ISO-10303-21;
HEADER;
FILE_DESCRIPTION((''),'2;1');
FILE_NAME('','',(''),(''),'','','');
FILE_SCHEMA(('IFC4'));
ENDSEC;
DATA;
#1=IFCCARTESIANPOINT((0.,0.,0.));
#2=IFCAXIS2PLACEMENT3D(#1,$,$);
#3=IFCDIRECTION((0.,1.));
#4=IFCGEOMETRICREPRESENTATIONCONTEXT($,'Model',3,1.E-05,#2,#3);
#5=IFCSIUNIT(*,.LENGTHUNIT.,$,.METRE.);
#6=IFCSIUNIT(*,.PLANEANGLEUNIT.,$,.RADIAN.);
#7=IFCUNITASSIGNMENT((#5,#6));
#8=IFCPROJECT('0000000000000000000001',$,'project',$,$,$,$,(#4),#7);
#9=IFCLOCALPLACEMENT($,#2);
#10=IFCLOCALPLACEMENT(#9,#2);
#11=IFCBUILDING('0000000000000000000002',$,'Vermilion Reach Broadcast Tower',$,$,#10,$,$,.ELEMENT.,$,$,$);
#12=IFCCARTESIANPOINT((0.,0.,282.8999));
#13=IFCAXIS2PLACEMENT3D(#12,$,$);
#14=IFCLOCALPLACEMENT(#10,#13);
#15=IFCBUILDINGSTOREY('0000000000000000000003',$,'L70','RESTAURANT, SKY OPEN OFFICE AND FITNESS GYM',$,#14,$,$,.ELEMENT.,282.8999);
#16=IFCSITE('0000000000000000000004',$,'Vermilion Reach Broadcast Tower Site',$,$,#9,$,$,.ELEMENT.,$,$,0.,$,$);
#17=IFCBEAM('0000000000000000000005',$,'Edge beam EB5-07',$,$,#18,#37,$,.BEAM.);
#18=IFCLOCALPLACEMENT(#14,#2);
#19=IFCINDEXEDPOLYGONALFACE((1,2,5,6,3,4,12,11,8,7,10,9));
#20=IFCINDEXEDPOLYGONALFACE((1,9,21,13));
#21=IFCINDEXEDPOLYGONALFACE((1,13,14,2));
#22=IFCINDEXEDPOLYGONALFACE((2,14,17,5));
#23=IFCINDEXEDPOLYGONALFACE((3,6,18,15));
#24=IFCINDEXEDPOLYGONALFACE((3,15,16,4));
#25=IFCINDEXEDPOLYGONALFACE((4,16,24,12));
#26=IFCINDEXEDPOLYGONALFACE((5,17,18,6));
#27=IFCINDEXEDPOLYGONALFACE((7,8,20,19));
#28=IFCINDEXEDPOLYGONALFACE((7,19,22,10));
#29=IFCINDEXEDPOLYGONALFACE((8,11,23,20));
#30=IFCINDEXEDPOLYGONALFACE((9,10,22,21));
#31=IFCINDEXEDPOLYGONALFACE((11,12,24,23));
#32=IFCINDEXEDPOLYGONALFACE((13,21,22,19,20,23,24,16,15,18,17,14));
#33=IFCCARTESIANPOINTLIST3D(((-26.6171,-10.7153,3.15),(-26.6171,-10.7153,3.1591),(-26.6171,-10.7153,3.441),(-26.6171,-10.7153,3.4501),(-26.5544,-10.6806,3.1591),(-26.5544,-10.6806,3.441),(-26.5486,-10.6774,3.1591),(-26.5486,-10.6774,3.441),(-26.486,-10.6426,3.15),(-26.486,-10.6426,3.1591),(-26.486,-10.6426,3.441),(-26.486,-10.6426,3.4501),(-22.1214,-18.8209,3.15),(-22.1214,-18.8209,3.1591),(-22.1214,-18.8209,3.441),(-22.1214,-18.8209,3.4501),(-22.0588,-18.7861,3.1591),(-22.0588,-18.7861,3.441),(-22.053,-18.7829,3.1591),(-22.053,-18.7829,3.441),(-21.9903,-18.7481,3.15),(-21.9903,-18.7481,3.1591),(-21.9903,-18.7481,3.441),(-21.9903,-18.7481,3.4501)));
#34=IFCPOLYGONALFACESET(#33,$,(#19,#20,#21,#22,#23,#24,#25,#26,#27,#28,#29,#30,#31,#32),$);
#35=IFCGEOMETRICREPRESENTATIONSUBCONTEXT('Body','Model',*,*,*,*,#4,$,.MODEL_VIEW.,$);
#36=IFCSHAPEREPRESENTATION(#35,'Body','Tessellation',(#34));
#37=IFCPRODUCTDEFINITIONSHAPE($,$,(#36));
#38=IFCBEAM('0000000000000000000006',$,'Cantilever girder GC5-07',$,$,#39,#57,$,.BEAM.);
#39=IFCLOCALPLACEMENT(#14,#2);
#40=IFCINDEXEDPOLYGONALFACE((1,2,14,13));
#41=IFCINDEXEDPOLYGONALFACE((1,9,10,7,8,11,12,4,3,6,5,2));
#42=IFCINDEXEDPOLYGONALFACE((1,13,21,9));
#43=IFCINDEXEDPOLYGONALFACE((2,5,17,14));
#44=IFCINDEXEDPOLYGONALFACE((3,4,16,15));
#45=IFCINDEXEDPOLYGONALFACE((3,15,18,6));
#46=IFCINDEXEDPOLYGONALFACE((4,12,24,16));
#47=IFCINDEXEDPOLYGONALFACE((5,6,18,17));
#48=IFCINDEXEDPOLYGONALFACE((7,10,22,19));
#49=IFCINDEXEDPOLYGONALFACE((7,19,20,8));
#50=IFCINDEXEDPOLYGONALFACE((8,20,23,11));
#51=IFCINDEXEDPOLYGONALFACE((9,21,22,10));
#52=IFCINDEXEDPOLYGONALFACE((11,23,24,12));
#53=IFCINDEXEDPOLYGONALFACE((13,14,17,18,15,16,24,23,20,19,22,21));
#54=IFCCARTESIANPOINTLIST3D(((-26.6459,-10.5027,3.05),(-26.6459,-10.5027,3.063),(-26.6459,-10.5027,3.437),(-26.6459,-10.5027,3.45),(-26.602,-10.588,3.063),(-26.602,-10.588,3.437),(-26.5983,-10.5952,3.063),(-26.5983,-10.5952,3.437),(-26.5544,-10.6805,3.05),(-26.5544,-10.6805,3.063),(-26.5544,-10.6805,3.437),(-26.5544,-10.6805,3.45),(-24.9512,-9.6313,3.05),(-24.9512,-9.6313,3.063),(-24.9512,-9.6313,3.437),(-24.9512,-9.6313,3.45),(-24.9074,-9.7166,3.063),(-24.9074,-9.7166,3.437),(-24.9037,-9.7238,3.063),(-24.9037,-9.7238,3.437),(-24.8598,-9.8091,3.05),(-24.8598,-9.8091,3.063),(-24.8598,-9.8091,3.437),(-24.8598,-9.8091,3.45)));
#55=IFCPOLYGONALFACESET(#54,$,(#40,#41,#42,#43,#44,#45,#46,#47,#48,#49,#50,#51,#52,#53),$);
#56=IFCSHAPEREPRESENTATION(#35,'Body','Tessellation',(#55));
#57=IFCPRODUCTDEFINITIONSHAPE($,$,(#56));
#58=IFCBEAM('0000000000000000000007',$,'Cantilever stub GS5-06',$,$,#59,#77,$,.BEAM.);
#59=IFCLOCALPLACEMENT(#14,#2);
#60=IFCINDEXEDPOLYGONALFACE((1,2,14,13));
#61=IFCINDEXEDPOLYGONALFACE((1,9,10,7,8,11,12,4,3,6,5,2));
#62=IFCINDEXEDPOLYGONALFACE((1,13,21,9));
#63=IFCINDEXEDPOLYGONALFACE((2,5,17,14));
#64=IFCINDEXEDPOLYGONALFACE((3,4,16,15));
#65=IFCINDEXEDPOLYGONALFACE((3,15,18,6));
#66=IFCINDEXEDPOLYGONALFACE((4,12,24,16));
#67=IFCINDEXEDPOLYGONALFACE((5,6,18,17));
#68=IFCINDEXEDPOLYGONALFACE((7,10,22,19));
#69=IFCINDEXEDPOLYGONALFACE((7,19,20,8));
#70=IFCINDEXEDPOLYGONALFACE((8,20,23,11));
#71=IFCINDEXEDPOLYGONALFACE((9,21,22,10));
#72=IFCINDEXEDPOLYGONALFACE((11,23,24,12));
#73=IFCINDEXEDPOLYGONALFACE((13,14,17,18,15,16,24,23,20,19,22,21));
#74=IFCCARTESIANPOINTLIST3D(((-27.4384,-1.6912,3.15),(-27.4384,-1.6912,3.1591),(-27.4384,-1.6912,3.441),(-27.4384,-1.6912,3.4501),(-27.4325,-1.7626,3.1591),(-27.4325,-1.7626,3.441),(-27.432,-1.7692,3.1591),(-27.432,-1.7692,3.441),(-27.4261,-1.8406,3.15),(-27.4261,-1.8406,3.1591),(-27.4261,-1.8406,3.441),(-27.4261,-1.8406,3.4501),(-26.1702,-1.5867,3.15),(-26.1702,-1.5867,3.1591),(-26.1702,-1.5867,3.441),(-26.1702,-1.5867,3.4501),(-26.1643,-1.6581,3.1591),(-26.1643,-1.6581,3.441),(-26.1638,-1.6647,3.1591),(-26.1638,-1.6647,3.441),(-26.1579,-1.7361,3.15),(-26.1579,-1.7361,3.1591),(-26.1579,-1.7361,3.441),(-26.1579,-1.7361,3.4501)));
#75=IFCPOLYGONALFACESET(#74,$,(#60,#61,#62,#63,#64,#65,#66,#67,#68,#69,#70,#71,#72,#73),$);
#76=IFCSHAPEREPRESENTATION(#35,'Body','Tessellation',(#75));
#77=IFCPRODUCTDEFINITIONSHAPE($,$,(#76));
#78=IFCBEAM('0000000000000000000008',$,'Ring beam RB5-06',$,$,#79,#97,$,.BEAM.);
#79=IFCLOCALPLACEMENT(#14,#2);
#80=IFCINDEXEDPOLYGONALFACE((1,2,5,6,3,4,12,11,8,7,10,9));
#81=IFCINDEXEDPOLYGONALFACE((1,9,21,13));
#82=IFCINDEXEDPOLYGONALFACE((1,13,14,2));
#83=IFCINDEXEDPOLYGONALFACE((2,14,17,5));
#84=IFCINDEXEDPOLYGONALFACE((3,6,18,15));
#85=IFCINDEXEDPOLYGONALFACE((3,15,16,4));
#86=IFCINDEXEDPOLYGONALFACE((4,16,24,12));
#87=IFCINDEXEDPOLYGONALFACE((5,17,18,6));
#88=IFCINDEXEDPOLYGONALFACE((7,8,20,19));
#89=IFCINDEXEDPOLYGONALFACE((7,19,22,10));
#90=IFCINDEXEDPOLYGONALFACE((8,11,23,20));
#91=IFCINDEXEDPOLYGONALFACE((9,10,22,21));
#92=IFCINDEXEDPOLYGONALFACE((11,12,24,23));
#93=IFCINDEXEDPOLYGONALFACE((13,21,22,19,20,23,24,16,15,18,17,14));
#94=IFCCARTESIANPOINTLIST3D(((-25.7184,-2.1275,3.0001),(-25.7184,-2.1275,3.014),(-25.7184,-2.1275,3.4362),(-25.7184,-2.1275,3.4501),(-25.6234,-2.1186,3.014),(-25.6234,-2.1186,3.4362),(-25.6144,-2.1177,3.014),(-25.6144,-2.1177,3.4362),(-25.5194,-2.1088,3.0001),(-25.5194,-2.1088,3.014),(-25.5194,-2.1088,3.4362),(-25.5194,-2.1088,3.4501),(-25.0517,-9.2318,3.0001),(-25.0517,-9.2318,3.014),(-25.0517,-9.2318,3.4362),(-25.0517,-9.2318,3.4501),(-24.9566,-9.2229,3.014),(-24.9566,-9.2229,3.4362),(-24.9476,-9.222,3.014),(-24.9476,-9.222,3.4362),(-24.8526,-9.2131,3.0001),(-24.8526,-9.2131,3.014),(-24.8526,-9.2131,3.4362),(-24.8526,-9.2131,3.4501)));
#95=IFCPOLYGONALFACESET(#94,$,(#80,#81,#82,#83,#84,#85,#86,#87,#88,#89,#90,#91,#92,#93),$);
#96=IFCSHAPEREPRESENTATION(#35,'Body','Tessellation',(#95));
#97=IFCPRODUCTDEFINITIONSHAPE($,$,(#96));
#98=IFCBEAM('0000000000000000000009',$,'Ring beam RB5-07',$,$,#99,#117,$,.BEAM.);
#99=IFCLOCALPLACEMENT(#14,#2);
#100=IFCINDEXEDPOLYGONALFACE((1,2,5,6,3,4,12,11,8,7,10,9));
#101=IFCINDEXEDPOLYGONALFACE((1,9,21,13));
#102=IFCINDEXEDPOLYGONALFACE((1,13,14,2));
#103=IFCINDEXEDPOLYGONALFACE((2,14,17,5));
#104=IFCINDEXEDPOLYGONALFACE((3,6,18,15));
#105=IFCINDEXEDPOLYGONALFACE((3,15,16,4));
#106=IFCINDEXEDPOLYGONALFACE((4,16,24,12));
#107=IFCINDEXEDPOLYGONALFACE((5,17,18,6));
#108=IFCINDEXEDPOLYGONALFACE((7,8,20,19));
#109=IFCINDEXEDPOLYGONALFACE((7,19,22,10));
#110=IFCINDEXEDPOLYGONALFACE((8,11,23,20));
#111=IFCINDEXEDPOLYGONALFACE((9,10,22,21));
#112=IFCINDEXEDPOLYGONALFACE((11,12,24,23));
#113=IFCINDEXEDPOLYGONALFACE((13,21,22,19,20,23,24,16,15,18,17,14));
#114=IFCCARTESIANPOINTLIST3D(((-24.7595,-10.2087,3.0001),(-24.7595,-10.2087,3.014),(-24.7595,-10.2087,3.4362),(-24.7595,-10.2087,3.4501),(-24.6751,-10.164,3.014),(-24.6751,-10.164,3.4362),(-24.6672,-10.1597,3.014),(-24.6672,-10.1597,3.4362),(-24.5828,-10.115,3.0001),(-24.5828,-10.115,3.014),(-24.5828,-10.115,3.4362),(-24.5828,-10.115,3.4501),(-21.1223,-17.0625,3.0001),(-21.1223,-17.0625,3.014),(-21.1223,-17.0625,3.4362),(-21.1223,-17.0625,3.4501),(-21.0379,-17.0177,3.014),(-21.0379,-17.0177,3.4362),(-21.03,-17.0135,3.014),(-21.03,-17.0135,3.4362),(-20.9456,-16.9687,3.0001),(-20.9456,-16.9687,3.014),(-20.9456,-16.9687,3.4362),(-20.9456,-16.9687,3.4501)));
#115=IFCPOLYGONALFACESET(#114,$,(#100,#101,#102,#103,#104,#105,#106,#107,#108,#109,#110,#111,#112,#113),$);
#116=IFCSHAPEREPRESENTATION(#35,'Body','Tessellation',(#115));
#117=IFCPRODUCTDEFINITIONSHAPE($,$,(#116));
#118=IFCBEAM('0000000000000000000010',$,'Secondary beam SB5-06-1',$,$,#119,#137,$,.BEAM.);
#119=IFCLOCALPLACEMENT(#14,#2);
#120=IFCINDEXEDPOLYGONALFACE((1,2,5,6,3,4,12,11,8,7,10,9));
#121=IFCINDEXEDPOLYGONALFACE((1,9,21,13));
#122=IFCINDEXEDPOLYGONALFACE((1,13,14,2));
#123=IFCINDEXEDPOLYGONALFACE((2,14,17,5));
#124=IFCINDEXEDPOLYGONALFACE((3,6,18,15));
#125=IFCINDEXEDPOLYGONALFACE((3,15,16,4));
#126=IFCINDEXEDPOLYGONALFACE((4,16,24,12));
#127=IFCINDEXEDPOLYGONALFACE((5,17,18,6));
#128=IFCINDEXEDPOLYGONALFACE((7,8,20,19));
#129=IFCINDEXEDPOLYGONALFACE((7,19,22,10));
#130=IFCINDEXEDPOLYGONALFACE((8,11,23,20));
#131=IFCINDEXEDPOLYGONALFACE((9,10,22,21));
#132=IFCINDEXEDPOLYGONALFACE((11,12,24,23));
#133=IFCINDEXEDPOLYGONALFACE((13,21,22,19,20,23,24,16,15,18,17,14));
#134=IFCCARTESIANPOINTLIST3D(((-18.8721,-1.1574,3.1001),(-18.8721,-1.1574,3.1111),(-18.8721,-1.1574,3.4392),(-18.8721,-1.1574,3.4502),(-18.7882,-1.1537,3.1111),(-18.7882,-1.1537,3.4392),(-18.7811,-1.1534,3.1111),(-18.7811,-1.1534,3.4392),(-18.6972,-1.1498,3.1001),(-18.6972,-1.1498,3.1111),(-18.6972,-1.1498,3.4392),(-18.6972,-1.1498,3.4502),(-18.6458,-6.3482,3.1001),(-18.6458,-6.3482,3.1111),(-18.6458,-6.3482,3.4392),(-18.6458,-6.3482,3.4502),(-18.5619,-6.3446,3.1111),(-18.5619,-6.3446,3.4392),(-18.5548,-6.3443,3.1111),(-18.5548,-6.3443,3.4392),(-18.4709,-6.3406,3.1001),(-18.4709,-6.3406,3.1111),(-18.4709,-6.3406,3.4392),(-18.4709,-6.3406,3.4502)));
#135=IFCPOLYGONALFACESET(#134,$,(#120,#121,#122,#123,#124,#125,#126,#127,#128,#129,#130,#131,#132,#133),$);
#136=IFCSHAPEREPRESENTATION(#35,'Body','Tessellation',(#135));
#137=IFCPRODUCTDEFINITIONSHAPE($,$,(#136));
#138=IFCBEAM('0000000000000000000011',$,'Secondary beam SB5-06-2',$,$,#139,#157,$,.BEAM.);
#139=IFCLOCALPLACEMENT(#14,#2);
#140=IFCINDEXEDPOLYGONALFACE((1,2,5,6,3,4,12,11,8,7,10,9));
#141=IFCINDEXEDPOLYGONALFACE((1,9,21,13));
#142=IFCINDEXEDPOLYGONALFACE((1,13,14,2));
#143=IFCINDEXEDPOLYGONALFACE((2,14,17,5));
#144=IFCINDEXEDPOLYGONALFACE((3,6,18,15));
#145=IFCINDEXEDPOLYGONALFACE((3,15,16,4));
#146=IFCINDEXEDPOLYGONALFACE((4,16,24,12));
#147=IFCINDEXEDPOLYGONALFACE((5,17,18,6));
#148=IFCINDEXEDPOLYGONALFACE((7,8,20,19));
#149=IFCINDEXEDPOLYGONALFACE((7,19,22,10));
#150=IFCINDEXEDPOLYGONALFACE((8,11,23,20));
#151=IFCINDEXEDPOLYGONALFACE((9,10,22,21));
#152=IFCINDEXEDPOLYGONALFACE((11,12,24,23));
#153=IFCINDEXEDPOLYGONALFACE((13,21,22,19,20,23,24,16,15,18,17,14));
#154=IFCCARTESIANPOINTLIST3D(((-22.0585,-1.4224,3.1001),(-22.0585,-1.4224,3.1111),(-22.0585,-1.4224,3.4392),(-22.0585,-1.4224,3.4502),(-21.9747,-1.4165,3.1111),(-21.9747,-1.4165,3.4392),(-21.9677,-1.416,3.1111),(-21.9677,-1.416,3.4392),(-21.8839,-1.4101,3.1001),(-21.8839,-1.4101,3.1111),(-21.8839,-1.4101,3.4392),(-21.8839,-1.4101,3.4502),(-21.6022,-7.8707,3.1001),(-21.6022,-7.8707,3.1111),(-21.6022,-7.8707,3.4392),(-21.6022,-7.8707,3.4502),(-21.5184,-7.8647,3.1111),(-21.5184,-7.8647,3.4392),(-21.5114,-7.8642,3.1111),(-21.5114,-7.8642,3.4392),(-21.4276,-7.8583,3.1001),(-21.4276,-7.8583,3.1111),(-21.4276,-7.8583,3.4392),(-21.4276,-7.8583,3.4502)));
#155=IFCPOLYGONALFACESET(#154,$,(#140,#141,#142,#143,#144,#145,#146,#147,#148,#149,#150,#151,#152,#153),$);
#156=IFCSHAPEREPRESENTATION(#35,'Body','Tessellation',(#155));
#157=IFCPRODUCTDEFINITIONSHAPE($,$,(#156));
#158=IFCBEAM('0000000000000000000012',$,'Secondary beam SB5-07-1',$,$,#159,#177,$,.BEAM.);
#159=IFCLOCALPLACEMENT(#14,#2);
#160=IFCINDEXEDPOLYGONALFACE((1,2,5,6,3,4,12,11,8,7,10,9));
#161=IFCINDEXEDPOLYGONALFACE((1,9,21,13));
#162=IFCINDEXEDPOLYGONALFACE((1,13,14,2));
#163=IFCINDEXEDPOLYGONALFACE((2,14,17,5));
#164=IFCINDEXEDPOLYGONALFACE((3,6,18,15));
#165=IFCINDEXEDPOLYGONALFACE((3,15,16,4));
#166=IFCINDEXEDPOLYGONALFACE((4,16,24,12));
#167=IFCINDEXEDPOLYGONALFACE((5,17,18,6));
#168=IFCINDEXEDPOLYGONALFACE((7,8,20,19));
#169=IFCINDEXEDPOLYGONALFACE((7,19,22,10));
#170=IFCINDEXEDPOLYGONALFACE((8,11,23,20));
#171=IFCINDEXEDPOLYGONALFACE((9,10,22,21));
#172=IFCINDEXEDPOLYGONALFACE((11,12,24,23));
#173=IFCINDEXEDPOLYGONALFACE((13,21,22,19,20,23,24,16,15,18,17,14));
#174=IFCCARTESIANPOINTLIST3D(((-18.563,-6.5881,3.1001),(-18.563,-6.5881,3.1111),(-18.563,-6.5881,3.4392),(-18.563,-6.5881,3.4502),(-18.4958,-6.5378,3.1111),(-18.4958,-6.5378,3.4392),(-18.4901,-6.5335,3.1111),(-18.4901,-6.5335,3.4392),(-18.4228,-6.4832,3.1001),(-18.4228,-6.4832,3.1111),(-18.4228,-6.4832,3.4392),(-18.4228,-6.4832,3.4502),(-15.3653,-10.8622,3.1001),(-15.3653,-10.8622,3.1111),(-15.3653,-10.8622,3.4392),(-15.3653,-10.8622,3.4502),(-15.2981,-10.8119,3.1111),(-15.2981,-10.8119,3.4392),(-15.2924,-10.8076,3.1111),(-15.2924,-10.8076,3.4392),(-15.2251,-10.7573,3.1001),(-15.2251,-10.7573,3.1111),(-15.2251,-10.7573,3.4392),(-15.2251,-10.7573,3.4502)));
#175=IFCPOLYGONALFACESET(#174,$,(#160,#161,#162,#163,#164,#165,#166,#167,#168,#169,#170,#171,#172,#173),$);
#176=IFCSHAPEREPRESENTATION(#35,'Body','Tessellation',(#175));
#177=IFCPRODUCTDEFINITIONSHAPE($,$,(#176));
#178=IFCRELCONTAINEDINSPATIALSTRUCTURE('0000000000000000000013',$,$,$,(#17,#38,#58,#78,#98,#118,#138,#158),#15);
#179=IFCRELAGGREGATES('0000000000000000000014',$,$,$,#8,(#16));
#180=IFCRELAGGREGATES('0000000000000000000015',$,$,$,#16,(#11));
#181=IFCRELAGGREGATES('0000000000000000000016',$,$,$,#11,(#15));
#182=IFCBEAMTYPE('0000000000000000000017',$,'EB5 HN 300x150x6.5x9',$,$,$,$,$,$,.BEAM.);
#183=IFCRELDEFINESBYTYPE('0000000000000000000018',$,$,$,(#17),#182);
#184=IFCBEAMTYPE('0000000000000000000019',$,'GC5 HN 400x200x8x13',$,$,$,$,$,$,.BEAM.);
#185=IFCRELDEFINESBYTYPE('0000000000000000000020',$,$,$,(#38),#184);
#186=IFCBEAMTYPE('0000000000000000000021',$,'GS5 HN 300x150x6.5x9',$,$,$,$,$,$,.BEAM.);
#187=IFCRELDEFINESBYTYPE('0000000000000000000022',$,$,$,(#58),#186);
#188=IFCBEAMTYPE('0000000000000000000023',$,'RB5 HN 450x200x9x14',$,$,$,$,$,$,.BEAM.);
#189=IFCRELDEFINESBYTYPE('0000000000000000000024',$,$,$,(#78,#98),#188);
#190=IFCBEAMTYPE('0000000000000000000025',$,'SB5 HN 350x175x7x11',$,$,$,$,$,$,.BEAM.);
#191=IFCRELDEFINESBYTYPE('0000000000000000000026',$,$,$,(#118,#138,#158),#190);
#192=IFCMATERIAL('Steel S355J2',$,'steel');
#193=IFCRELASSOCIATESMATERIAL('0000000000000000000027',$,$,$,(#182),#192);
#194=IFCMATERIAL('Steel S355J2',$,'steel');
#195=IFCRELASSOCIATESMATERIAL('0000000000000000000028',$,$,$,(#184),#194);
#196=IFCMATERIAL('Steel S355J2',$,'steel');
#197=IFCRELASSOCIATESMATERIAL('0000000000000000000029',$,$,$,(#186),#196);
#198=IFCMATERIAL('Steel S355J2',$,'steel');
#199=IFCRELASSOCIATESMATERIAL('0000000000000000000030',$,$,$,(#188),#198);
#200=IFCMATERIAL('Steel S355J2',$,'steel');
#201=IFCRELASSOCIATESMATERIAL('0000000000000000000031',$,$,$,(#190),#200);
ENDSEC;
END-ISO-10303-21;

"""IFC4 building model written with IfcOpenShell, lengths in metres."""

from ifc_helpers import new_model, si_unit, direction, frame, origin, origin_2d, place, context, subcontext, project, spatial, i_section, extrude, material, material_profile, profile_set, type_object, element, save


model = new_model("IFC4")

# Units and contexts
model_context = context("Model", 3, precision=1e-05, world=origin(), true_north=direction((0.0, 1.0)))
body_context = subcontext(model_context, "Body", "Model", "MODEL_VIEW")
ifc_project = project(units=[si_unit("LENGTHUNIT", "METRE"), si_unit("PLANEANGLEUNIT", "RADIAN")], contexts=[model_context])

# Site, building, storey
site_placement = place(None, origin())
site = spatial("IfcSite", under=ifc_project, at=site_placement, Name="Vermilion Reach Broadcast Tower Site", CompositionType="ELEMENT", RefElevation=0.0)
building_placement = place(site_placement, origin())
building = spatial("IfcBuilding", under=site, at=building_placement, Name="Vermilion Reach Broadcast Tower", CompositionType="ELEMENT")
storey_placement = place(building_placement, frame((0.0, 0.0, 282.8999)))
storey = spatial("IfcBuildingStorey", under=building, at=storey_placement, Name="L70", Description="RESTAURANT, SKY OPEN OFFICE AND FITNESS GYM", CompositionType="ELEMENT", Elevation=282.8999)

# Beams
ifc_material_1 = material(Name="Steel S355J2", Category="steel")
ifc_material_profile_1 = material_profile(ifc_material_1, i_section(OverallWidth=0.1499, OverallDepth=0.3, WebThickness=0.0066, FlangeThickness=0.009, at=origin_2d()), Name="S355J2 HN 300x150x6.5x9")
ifc_profile_set_1 = profile_set([ifc_material_profile_1], Name="Steel S355J2")
beam_type_1 = type_object("IfcBeamType", Name="EB5 HN 300x150x6.5x9", PredefinedType="BEAM", material=ifc_profile_set_1)
beam_1_placement = place(storey_placement, frame((-26.5515, -10.679, 3.3), z_axis=(0.48503, -0.874497, 0.0), x_axis=(0.874497, 0.48503, 0.0)))
element("IfcBeam", 1, at=beam_1_placement, inside=storey, type_object=beam_type_1, Name="Edge beam EB5-07", PredefinedType="BEAM", context=body_context, shape_type="SweptSolid", body=[
    extrude(i_section(OverallWidth=0.1499, OverallDepth=0.3, WebThickness=0.0066, FlangeThickness=0.009, at=origin_2d()), origin(), (0.0, 0.0, 1.0), 9.2688),
])
ifc_material_2 = material(Name="Steel S355J2", Category="steel")
ifc_material_profile_2 = material_profile(ifc_material_2, i_section(OverallWidth=0.2, OverallDepth=0.3999, WebThickness=0.0081, FlangeThickness=0.0129, at=origin_2d()), Name="S355J2 HN 400x200x8x13")
ifc_profile_set_2 = profile_set([ifc_material_profile_2], Name="Steel S355J2")
beam_type_2 = type_object("IfcBeamType", Name="GC5 HN 400x200x8x13", PredefinedType="BEAM", material=ifc_profile_set_2)
beam_2_placement = place(storey_placement, frame((-24.9055, -9.7202, 3.25), z_axis=(-0.889322, -0.457281, 0.0), x_axis=(0.457281, -0.889322, 0.0)))
element("IfcBeam", 2, at=beam_2_placement, inside=storey, type_object=beam_type_2, Name="Cantilever girder GC5-07", PredefinedType="BEAM", context=body_context, shape_type="SweptSolid", body=[
    extrude(i_section(OverallWidth=0.2, OverallDepth=0.3999, WebThickness=0.0081, FlangeThickness=0.0129, at=origin_2d()), origin(), (0.0, 0.0, 1.0), 1.9055),
])
ifc_material_3 = material(Name="Steel S355J2", Category="steel")
ifc_material_profile_3 = material_profile(ifc_material_3, i_section(OverallWidth=0.1499, OverallDepth=0.3, WebThickness=0.0066, FlangeThickness=0.009, at=origin_2d()), Name="S355J2 HN 300x150x6.5x9")
ifc_profile_set_3 = profile_set([ifc_material_profile_3], Name="Steel S355J2")
beam_type_3 = type_object("IfcBeamType", Name="GS5 HN 300x150x6.5x9", PredefinedType="BEAM", material=ifc_profile_set_3)
beam_3_placement = place(storey_placement, frame((-26.1641, -1.6614, 3.3), z_axis=(-0.996622, -0.082124, 0.0), x_axis=(0.082124, -0.996622, 0.0)))
element("IfcBeam", 3, at=beam_3_placement, inside=storey, type_object=beam_type_3, Name="Cantilever stub GS5-06", PredefinedType="BEAM", context=body_context, shape_type="SweptSolid", body=[
    extrude(i_section(OverallWidth=0.1499, OverallDepth=0.3, WebThickness=0.0066, FlangeThickness=0.009, at=origin_2d()), origin(), (0.0, 0.0, 1.0), 1.2725),
])
ifc_material_4 = material(Name="Steel S355J2", Category="steel")
ifc_material_profile_4 = material_profile(ifc_material_4, i_section(OverallWidth=0.2, OverallDepth=0.45, WebThickness=0.009, FlangeThickness=0.0139, at=origin_2d()), Name="S355J2 HN 450x200x9x14")
ifc_profile_set_4 = profile_set([ifc_material_profile_4], Name="Steel S355J2")
beam_type_4 = type_object("IfcBeamType", Name="RB5 HN 450x200x9x14", PredefinedType="BEAM", material=ifc_profile_set_4)
beam_4_placement = place(storey_placement, frame((-25.6189, -2.1182, 3.2251), z_axis=(0.093441, -0.995625, 0.0), x_axis=(0.995625, 0.093441, 0.0)))
element("IfcBeam", 4, at=beam_4_placement, inside=storey, type_object=beam_type_4, Name="Ring beam RB5-06", PredefinedType="BEAM", context=body_context, shape_type="SweptSolid", body=[
    extrude(i_section(OverallWidth=0.2, OverallDepth=0.45, WebThickness=0.009, FlangeThickness=0.0139, at=origin_2d()), origin(), (0.0, 0.0, 1.0), 7.1355),
])
beam_5_placement = place(storey_placement, frame((-24.6711, -10.1619, 3.2251), z_axis=(0.468768, -0.883321, 0.0), x_axis=(0.883321, 0.468768, 0.0)))
element("IfcBeam", 5, at=beam_5_placement, inside=storey, type_object=beam_type_4, Name="Ring beam RB5-07", PredefinedType="BEAM", context=body_context, shape_type="SweptSolid", body=[
    extrude(i_section(OverallWidth=0.2, OverallDepth=0.45, WebThickness=0.009, FlangeThickness=0.0139, at=origin_2d()), origin(), (0.0, 0.0, 1.0), 7.759),
])
ifc_material_5 = material(Name="Steel S355J2", Category="steel")
ifc_material_profile_5 = material_profile(ifc_material_5, i_section(OverallWidth=0.175, OverallDepth=0.3501, WebThickness=0.0071, FlangeThickness=0.011, at=origin_2d()), Name="S355J2 HN 350x175x7x11")
ifc_profile_set_5 = profile_set([ifc_material_profile_5], Name="Steel S355J2")
beam_type_5 = type_object("IfcBeamType", Name="SB5 HN 350x175x7x11", PredefinedType="BEAM", material=ifc_profile_set_5)
beam_6_placement = place(storey_placement, frame((-18.7847, -1.1536, 3.2751), z_axis=(0.043558, -0.999051, 0.0), x_axis=(0.999051, 0.043558, 0.0)))
element("IfcBeam", 6, at=beam_6_placement, inside=storey, type_object=beam_type_5, Name="Secondary beam SB5-06-1", PredefinedType="BEAM", context=body_context, shape_type="SweptSolid", body=[
    extrude(i_section(OverallWidth=0.175, OverallDepth=0.3501, WebThickness=0.0071, FlangeThickness=0.011, at=origin_2d()), origin(), (0.0, 0.0, 1.0), 5.1958),
])
beam_7_placement = place(storey_placement, frame((-21.9712, -1.4163, 3.2751), z_axis=(0.070587, -0.997506, 0.0), x_axis=(0.997506, 0.070587, 0.0)))
element("IfcBeam", 7, at=beam_7_placement, inside=storey, type_object=beam_type_5, Name="Secondary beam SB5-06-2", PredefinedType="BEAM", context=body_context, shape_type="SweptSolid", body=[
    extrude(i_section(OverallWidth=0.175, OverallDepth=0.3501, WebThickness=0.0071, FlangeThickness=0.011, at=origin_2d()), origin(), (0.0, 0.0, 1.0), 6.4644),
])
beam_8_placement = place(storey_placement, frame((-18.4929, -6.5356, 3.2751), z_axis=(0.599056, -0.800707, 0.0), x_axis=(0.800707, 0.599056, 0.0)))
element("IfcBeam", 8, at=beam_8_placement, inside=storey, type_object=beam_type_5, Name="Secondary beam SB5-07-1", PredefinedType="BEAM", context=body_context, shape_type="SweptSolid", body=[
    extrude(i_section(OverallWidth=0.175, OverallDepth=0.3501, WebThickness=0.0071, FlangeThickness=0.011, at=origin_2d()), origin(), (0.0, 0.0, 1.0), 5.3379),
])

save(model, "model.ifc")
